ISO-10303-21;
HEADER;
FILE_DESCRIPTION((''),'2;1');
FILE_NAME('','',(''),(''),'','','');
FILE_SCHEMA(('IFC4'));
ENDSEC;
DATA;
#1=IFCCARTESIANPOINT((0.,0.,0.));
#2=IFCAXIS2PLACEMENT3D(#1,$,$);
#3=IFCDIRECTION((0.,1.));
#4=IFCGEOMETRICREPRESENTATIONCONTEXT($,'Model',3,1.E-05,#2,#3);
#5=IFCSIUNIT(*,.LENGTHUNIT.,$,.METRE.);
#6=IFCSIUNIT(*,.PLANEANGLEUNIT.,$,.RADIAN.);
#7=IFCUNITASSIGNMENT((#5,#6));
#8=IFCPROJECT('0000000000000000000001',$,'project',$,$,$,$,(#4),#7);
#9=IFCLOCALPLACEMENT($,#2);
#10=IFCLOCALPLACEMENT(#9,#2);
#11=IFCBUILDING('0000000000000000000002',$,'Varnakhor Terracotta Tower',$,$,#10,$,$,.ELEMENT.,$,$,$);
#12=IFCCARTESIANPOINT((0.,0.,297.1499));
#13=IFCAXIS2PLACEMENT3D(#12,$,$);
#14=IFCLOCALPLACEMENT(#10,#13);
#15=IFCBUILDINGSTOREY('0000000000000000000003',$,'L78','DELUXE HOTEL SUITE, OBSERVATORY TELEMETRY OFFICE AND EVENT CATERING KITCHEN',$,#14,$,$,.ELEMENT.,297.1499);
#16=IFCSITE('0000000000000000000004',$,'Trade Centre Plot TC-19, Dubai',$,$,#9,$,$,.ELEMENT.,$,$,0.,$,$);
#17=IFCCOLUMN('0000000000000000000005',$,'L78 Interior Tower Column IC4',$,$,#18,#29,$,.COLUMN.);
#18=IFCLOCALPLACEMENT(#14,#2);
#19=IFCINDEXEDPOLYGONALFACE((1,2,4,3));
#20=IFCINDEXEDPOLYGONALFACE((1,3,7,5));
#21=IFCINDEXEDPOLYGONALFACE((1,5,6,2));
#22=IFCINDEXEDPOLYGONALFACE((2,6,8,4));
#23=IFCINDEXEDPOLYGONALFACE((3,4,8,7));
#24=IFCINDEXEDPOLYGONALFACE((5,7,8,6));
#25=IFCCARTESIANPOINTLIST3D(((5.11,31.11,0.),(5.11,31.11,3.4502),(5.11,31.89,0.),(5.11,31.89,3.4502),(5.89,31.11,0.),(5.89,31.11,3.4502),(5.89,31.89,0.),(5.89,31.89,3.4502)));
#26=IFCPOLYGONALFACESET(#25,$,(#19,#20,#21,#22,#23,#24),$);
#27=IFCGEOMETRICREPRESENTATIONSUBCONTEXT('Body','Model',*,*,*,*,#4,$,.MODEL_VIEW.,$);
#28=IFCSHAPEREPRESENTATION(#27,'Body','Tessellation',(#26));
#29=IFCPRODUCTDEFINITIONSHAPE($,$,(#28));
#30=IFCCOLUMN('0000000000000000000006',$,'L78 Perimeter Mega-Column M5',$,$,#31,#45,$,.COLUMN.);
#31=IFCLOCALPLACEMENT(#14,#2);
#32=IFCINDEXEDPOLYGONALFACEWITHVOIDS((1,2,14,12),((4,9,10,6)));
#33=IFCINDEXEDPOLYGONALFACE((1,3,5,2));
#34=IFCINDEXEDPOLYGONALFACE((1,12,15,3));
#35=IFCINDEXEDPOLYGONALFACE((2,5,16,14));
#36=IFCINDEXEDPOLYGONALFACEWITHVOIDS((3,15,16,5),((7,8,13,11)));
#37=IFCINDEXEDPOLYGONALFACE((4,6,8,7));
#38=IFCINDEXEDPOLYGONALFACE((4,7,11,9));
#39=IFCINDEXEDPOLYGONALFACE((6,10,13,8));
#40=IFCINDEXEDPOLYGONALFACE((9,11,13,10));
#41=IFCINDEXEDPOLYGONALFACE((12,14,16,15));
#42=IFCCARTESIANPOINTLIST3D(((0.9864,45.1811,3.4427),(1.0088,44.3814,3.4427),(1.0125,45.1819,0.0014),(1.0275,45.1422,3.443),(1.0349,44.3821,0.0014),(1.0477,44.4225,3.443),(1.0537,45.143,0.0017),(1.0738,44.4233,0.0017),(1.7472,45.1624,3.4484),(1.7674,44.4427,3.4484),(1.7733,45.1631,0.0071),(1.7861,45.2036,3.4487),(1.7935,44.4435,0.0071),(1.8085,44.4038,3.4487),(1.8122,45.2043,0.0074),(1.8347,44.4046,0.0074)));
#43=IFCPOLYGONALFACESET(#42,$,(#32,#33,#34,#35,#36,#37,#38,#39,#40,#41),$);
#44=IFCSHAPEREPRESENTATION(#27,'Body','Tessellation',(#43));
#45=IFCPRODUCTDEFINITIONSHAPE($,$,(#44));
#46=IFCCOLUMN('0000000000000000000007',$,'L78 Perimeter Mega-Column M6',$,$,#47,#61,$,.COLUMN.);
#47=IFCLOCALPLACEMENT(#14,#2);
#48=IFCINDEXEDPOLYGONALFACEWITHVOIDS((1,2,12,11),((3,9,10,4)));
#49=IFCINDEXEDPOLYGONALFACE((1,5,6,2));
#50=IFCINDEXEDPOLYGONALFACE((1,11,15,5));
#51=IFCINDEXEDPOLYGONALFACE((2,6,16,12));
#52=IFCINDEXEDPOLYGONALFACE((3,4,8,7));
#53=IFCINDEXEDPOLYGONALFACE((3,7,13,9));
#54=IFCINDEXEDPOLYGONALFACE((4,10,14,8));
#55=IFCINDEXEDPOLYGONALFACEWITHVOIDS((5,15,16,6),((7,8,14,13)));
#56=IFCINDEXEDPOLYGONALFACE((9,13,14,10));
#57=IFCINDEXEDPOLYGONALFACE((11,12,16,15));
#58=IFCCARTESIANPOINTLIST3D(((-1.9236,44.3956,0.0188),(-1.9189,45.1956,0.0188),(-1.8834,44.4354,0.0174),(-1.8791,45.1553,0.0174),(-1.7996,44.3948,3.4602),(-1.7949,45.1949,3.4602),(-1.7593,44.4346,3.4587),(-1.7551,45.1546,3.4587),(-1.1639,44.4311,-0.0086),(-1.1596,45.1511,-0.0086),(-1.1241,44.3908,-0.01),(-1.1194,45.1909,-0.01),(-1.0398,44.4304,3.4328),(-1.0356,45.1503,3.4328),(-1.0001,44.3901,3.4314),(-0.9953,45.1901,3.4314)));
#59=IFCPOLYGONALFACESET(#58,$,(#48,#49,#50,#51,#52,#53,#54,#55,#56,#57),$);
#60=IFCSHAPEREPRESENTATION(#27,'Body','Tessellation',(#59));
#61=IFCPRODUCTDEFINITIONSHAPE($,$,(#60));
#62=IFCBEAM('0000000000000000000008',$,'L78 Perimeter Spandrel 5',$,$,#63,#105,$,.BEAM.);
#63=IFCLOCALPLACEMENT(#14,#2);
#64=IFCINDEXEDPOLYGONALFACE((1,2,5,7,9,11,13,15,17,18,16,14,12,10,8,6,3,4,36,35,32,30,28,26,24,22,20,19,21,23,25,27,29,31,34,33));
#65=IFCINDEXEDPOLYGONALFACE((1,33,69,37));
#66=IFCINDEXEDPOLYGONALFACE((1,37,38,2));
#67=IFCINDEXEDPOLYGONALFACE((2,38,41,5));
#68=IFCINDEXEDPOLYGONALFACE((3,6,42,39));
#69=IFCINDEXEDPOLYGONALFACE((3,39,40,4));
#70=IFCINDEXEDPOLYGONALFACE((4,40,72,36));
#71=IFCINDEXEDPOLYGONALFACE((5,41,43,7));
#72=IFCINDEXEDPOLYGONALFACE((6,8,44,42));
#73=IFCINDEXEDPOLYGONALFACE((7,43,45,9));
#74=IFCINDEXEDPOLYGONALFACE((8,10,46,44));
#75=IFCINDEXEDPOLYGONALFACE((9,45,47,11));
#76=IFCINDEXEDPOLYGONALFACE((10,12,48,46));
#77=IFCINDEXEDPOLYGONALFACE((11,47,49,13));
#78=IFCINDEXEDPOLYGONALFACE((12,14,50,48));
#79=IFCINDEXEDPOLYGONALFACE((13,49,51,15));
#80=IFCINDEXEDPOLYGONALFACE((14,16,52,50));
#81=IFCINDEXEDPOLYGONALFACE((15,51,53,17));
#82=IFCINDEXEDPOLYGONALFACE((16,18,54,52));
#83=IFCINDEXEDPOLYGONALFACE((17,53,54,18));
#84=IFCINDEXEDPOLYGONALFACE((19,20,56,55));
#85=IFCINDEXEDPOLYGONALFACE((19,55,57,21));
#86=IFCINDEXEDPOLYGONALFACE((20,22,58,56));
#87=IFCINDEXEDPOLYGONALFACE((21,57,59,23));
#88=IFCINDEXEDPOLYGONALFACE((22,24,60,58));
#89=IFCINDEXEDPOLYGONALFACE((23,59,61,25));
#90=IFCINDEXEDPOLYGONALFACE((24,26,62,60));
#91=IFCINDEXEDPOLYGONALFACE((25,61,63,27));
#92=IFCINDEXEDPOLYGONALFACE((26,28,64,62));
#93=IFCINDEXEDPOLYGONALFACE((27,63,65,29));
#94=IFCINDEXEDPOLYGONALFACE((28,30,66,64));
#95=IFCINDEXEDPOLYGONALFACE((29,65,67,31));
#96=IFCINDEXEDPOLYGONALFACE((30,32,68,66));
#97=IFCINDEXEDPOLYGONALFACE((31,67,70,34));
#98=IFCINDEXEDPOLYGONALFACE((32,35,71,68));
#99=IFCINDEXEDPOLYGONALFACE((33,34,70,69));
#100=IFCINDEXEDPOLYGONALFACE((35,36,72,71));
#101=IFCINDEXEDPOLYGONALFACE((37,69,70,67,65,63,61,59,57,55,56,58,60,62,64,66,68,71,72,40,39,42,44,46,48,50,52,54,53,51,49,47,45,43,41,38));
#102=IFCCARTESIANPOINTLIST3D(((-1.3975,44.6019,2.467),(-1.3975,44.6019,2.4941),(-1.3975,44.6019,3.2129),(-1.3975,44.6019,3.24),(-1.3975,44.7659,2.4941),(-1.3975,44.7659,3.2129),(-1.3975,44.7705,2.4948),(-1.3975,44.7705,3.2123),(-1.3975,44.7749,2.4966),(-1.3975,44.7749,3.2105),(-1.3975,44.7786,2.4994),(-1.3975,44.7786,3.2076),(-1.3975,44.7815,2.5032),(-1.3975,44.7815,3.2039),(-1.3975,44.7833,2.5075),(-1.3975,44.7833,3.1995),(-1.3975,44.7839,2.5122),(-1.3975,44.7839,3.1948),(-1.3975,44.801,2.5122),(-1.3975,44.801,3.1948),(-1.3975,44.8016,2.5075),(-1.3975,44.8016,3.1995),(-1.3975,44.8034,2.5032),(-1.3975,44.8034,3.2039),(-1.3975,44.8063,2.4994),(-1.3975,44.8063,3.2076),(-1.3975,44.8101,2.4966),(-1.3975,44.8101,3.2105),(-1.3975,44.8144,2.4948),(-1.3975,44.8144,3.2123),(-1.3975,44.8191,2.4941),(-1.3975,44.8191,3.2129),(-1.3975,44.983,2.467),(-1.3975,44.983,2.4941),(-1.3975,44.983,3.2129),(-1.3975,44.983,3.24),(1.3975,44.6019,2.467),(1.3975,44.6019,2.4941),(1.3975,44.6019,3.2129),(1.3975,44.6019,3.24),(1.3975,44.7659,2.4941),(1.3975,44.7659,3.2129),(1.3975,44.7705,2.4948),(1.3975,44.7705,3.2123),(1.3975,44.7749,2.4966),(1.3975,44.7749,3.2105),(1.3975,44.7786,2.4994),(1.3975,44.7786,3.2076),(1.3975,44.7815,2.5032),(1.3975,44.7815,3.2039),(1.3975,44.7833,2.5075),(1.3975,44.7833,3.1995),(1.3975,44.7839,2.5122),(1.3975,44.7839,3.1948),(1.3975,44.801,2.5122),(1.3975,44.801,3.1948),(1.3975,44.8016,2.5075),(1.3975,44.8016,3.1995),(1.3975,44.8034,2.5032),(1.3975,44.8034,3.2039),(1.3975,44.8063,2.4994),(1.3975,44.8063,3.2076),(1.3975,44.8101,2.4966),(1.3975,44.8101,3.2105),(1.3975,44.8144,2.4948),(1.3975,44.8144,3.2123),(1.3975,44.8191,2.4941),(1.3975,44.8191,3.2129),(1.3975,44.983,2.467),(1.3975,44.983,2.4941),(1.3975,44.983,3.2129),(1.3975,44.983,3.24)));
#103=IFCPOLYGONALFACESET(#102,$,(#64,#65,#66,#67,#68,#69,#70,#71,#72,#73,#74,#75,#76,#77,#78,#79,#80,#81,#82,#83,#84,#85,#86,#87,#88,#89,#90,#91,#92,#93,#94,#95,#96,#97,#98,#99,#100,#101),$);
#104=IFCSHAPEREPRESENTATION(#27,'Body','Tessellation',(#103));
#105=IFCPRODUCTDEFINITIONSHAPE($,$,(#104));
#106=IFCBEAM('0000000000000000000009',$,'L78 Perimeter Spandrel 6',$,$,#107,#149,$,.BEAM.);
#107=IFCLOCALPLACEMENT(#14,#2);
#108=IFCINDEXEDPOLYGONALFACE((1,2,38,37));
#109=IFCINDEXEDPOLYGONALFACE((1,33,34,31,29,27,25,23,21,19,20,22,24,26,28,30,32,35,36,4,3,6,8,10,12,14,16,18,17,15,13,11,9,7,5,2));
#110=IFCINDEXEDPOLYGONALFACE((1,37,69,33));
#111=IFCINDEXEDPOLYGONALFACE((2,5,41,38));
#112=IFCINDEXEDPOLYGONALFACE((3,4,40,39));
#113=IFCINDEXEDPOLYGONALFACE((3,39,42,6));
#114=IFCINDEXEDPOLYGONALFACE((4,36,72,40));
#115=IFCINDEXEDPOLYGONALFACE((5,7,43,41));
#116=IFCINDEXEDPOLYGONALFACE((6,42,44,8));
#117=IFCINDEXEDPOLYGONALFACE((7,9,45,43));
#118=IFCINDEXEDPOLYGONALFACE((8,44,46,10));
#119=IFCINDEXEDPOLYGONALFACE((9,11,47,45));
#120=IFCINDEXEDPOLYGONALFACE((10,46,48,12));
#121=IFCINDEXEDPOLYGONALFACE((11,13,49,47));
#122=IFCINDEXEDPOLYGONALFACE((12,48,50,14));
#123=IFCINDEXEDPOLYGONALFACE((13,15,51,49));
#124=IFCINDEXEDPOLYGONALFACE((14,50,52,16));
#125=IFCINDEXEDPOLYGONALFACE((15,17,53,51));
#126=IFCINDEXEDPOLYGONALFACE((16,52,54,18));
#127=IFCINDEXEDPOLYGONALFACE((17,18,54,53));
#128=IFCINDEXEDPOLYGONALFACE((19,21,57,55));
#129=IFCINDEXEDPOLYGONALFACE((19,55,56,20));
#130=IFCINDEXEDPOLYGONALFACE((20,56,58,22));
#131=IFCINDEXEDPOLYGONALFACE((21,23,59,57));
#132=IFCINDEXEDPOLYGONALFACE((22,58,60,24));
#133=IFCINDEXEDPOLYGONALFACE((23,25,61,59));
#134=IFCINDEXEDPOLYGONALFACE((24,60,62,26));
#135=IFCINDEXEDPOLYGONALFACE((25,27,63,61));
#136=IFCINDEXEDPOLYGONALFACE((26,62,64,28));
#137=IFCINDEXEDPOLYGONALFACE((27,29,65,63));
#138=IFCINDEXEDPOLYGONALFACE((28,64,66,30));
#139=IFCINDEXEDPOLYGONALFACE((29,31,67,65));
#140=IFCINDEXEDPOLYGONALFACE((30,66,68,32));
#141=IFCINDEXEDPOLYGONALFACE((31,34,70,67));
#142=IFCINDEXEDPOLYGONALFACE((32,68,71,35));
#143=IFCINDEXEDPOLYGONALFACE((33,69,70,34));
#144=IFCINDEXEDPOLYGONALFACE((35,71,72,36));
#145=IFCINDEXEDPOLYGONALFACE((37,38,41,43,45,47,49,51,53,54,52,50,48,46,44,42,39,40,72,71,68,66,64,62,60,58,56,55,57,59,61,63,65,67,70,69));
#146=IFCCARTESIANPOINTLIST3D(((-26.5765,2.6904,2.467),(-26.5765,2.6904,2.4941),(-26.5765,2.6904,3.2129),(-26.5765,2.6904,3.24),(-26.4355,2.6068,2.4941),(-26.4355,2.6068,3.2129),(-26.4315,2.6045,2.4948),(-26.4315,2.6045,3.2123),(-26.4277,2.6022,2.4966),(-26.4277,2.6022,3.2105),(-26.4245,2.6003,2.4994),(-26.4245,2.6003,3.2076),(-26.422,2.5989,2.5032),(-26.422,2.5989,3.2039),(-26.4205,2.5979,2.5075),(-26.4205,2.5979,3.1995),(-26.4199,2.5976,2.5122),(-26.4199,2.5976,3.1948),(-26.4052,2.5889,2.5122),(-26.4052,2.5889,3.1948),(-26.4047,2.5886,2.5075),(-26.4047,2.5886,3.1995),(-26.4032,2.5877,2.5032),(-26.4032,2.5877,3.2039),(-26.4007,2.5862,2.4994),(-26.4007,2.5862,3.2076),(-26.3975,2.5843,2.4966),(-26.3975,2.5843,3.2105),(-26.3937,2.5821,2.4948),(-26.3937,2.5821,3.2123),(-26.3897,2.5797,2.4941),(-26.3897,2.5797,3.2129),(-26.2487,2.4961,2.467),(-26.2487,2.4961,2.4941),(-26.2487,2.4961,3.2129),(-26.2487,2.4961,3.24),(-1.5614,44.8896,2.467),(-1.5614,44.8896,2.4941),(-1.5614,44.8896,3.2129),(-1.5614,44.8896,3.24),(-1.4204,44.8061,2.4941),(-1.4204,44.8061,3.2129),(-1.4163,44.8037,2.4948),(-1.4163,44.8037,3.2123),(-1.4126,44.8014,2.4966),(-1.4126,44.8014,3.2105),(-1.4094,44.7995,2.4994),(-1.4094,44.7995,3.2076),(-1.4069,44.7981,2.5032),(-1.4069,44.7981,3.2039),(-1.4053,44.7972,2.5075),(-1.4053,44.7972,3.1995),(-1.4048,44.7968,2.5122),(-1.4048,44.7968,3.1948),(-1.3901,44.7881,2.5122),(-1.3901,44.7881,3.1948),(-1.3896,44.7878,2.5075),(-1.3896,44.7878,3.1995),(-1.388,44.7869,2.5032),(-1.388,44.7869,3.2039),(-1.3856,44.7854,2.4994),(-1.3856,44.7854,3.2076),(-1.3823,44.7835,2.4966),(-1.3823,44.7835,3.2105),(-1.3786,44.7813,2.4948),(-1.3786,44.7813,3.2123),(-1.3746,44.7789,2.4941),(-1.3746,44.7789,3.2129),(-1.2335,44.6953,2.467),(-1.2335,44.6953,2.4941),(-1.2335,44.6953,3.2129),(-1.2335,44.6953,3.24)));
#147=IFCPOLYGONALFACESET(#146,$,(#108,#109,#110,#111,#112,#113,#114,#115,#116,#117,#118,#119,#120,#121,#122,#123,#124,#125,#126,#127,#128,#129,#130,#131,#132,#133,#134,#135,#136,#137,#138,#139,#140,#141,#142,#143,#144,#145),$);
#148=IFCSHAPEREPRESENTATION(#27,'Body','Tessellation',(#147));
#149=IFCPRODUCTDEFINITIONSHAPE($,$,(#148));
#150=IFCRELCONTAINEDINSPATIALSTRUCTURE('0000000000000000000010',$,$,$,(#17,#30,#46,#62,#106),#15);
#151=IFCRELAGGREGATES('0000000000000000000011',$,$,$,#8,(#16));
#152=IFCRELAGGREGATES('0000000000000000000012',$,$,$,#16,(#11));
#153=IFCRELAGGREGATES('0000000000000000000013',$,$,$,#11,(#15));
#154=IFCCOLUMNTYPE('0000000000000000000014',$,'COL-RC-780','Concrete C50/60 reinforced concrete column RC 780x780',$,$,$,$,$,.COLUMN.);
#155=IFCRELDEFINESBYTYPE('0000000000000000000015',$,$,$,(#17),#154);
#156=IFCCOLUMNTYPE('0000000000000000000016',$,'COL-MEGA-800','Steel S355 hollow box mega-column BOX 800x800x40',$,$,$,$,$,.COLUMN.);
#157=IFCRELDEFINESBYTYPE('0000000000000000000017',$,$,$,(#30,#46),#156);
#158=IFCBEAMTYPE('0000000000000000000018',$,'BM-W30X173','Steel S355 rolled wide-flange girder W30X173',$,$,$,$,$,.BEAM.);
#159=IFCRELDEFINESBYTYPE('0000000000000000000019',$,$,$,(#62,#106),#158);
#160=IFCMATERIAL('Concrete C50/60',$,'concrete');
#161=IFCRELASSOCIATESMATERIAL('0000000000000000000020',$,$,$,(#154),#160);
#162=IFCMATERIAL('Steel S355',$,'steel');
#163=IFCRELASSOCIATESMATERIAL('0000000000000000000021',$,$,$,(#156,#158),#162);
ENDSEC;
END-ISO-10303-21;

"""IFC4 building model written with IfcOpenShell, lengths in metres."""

from ifc_helpers import new_model, si_unit, direction, frame, origin, origin_2d, place, context, subcontext, project, spatial, rectangle, hollow_rectangle, i_section, extrude, source, transform, mapped, material, material_profile, profile_set, type_object, type_shapes, element, save


model = new_model("IFC4")

# Units and contexts
model_context = context("Model", 3, precision=1e-05, world=origin(), true_north=direction((0.0, 1.0)))
body_context = subcontext(model_context, "Body", "Model", "MODEL_VIEW")
ifc_project = project(units=[si_unit("LENGTHUNIT", "METRE"), si_unit("PLANEANGLEUNIT", "RADIAN")], contexts=[model_context])

# Site, building, storey
site_placement = place(None, origin())
site = spatial("IfcSite", under=ifc_project, at=site_placement, Name="Trade Centre Plot TC-19, Dubai", CompositionType="ELEMENT", RefElevation=0.0)
building_placement = place(site_placement, origin())
building = spatial("IfcBuilding", under=site, at=building_placement, Name="Varnakhor Terracotta Tower", CompositionType="ELEMENT")
storey_placement = place(building_placement, frame((0.0, 0.0, 297.1499)))
storey = spatial("IfcBuildingStorey", under=building, at=storey_placement, Name="L78", Description="DELUXE HOTEL SUITE, OBSERVATORY TELEMETRY OFFICE AND EVENT CATERING KITCHEN", CompositionType="ELEMENT", Elevation=297.1499)

# Columns
ifc_material_1 = material(Name="Concrete C50/60", Category="concrete")
ifc_material_profile_1 = material_profile(ifc_material_1, rectangle(XDim=0.78, YDim=0.78, at=origin_2d()), Name="RC 780x780")
ifc_profile_set_1 = profile_set([ifc_material_profile_1], Name="Concrete C50/60")
column_type_1 = type_object("IfcColumnType", Name="COL-RC-780", Description="Concrete C50/60 reinforced concrete column RC 780x780", PredefinedType="COLUMN", material=ifc_profile_set_1)
shared_shape_1 = source(origin(), body_context, "Body", "SweptSolid", [
    extrude(rectangle(XDim=0.78, YDim=0.78, at=origin_2d()), origin(), (0.0, 0.0, 1.0), 3.4502),
])
column_1_placement = place(storey_placement, frame((5.5, 31.5, 0.0), z_axis=(0.0, 0.0, 1.0), x_axis=(1.0, 0.0, 0.0)))
element("IfcColumn", 1, at=column_1_placement, inside=storey, type_object=column_type_1, Name="L78 Interior Tower Column IC4", PredefinedType="COLUMN", context=body_context, shape_type="MappedRepresentation", body=[
    mapped(shared_shape_1, transform((0.0, 0.0, 0.0), scale=1.0)),
])
ifc_material_2 = material(Name="Steel S355", Category="steel")
ifc_material_profile_2 = material_profile(ifc_material_2, hollow_rectangle(XDim=0.8, YDim=0.8, WallThickness=0.04, at=origin_2d()), Name="BOX 800x800x40")
ifc_profile_set_2 = profile_set([ifc_material_profile_2], Name="Steel S355")
column_type_2 = type_object("IfcColumnType", Name="COL-MEGA-800", Description="Steel S355 hollow box mega-column BOX 800x800x40", PredefinedType="COLUMN", material=ifc_profile_set_2)
shared_shape_2 = source(origin(), body_context, "Body", "SweptSolid", [
    extrude(hollow_rectangle(XDim=0.8, YDim=0.8, WallThickness=0.04, at=origin_2d()), origin(), (0.0, 0.0, 1.0), 3.4414),
])
type_shapes(column_type_2, [shared_shape_2])
column_2_placement = place(storey_placement, frame((1.4236, 44.7932, 0.0044), z_axis=(-0.007591, -0.000213, 0.999971), x_axis=(0.028026, -0.999607, 0.0)))
element("IfcColumn", 2, at=column_2_placement, inside=storey, type_object=column_type_2, Name="L78 Perimeter Mega-Column M5", PredefinedType="COLUMN", context=body_context, shape_type="MappedRepresentation", body=[
    mapped(shared_shape_2, transform((0.0, 0.0, 0.0), scale=1.0)),
])
shared_shape_3 = source(origin(), body_context, "Body", "SweptSolid", [
    extrude(hollow_rectangle(XDim=0.8, YDim=0.8, WallThickness=0.04, at=origin_2d()), origin(), (0.0, 0.0, 1.0), 3.4436),
])
column_3_placement = place(storey_placement, frame((-1.5215, 44.7932, 0.0044), z_axis=(0.036015, -0.000213, 0.999351), x_axis=(0.005905, 0.999983, 0.0)))
element("IfcColumn", 3, at=column_3_placement, inside=storey, type_object=column_type_2, Name="L78 Perimeter Mega-Column M6", PredefinedType="COLUMN", context=body_context, shape_type="MappedRepresentation", body=[
    mapped(shared_shape_3, transform((0.0, 0.0, 0.0), scale=1.0)),
])

# Beams
ifc_material_profile_3 = material_profile(ifc_material_2, i_section(OverallWidth=0.3811, OverallDepth=0.7729, WebThickness=0.0171, FlangeThickness=0.0271, FilletRadius=0.0181, at=origin_2d()), Name="W30X173")
ifc_profile_set_3 = profile_set([ifc_material_profile_3], Name="Steel S355")
beam_type_1 = type_object("IfcBeamType", Name="BM-W30X173", Description="Steel S355 rolled wide-flange girder W30X173", PredefinedType="BEAM", material=ifc_profile_set_3)
shared_shape_4 = source(origin(), body_context, "Body", "SweptSolid", [
    extrude(i_section(OverallWidth=0.3811, OverallDepth=0.7729, WebThickness=0.0171, FlangeThickness=0.0271, FilletRadius=0.0181, at=origin_2d()), origin(), (0.0, 0.0, 1.0), 2.7949),
])
beam_1_placement = place(storey_placement, frame((1.3975, 44.7925, 2.8535), z_axis=(-1.0, 0.0, 0.0), x_axis=(0.0, -1.0, 0.0)))
element("IfcBeam", 4, at=beam_1_placement, inside=storey, type_object=beam_type_1, Name="L78 Perimeter Spandrel 5", PredefinedType="BEAM", context=body_context, shape_type="MappedRepresentation", body=[
    mapped(shared_shape_4, transform((0.0, 0.0, 0.0), scale=1.0)),
])
shared_shape_5 = source(origin(), body_context, "Body", "SweptSolid", [
    extrude(i_section(OverallWidth=0.3811, OverallDepth=0.7729, WebThickness=0.0171, FlangeThickness=0.0271, FilletRadius=0.0181, at=origin_2d()), origin(), (0.0, 0.0, 1.0), 49.0564),
])
beam_2_placement = place(storey_placement, frame((-1.3975, 44.7925, 2.8535), z_axis=(-0.509926, -0.860218, 0.0), x_axis=(0.860218, -0.509926, 0.0)))
element("IfcBeam", 5, at=beam_2_placement, inside=storey, type_object=beam_type_1, Name="L78 Perimeter Spandrel 6", PredefinedType="BEAM", context=body_context, shape_type="MappedRepresentation", body=[
    mapped(shared_shape_5, transform((0.0, 0.0, 0.0), scale=1.0)),
])

save(model, "model.ifc")
